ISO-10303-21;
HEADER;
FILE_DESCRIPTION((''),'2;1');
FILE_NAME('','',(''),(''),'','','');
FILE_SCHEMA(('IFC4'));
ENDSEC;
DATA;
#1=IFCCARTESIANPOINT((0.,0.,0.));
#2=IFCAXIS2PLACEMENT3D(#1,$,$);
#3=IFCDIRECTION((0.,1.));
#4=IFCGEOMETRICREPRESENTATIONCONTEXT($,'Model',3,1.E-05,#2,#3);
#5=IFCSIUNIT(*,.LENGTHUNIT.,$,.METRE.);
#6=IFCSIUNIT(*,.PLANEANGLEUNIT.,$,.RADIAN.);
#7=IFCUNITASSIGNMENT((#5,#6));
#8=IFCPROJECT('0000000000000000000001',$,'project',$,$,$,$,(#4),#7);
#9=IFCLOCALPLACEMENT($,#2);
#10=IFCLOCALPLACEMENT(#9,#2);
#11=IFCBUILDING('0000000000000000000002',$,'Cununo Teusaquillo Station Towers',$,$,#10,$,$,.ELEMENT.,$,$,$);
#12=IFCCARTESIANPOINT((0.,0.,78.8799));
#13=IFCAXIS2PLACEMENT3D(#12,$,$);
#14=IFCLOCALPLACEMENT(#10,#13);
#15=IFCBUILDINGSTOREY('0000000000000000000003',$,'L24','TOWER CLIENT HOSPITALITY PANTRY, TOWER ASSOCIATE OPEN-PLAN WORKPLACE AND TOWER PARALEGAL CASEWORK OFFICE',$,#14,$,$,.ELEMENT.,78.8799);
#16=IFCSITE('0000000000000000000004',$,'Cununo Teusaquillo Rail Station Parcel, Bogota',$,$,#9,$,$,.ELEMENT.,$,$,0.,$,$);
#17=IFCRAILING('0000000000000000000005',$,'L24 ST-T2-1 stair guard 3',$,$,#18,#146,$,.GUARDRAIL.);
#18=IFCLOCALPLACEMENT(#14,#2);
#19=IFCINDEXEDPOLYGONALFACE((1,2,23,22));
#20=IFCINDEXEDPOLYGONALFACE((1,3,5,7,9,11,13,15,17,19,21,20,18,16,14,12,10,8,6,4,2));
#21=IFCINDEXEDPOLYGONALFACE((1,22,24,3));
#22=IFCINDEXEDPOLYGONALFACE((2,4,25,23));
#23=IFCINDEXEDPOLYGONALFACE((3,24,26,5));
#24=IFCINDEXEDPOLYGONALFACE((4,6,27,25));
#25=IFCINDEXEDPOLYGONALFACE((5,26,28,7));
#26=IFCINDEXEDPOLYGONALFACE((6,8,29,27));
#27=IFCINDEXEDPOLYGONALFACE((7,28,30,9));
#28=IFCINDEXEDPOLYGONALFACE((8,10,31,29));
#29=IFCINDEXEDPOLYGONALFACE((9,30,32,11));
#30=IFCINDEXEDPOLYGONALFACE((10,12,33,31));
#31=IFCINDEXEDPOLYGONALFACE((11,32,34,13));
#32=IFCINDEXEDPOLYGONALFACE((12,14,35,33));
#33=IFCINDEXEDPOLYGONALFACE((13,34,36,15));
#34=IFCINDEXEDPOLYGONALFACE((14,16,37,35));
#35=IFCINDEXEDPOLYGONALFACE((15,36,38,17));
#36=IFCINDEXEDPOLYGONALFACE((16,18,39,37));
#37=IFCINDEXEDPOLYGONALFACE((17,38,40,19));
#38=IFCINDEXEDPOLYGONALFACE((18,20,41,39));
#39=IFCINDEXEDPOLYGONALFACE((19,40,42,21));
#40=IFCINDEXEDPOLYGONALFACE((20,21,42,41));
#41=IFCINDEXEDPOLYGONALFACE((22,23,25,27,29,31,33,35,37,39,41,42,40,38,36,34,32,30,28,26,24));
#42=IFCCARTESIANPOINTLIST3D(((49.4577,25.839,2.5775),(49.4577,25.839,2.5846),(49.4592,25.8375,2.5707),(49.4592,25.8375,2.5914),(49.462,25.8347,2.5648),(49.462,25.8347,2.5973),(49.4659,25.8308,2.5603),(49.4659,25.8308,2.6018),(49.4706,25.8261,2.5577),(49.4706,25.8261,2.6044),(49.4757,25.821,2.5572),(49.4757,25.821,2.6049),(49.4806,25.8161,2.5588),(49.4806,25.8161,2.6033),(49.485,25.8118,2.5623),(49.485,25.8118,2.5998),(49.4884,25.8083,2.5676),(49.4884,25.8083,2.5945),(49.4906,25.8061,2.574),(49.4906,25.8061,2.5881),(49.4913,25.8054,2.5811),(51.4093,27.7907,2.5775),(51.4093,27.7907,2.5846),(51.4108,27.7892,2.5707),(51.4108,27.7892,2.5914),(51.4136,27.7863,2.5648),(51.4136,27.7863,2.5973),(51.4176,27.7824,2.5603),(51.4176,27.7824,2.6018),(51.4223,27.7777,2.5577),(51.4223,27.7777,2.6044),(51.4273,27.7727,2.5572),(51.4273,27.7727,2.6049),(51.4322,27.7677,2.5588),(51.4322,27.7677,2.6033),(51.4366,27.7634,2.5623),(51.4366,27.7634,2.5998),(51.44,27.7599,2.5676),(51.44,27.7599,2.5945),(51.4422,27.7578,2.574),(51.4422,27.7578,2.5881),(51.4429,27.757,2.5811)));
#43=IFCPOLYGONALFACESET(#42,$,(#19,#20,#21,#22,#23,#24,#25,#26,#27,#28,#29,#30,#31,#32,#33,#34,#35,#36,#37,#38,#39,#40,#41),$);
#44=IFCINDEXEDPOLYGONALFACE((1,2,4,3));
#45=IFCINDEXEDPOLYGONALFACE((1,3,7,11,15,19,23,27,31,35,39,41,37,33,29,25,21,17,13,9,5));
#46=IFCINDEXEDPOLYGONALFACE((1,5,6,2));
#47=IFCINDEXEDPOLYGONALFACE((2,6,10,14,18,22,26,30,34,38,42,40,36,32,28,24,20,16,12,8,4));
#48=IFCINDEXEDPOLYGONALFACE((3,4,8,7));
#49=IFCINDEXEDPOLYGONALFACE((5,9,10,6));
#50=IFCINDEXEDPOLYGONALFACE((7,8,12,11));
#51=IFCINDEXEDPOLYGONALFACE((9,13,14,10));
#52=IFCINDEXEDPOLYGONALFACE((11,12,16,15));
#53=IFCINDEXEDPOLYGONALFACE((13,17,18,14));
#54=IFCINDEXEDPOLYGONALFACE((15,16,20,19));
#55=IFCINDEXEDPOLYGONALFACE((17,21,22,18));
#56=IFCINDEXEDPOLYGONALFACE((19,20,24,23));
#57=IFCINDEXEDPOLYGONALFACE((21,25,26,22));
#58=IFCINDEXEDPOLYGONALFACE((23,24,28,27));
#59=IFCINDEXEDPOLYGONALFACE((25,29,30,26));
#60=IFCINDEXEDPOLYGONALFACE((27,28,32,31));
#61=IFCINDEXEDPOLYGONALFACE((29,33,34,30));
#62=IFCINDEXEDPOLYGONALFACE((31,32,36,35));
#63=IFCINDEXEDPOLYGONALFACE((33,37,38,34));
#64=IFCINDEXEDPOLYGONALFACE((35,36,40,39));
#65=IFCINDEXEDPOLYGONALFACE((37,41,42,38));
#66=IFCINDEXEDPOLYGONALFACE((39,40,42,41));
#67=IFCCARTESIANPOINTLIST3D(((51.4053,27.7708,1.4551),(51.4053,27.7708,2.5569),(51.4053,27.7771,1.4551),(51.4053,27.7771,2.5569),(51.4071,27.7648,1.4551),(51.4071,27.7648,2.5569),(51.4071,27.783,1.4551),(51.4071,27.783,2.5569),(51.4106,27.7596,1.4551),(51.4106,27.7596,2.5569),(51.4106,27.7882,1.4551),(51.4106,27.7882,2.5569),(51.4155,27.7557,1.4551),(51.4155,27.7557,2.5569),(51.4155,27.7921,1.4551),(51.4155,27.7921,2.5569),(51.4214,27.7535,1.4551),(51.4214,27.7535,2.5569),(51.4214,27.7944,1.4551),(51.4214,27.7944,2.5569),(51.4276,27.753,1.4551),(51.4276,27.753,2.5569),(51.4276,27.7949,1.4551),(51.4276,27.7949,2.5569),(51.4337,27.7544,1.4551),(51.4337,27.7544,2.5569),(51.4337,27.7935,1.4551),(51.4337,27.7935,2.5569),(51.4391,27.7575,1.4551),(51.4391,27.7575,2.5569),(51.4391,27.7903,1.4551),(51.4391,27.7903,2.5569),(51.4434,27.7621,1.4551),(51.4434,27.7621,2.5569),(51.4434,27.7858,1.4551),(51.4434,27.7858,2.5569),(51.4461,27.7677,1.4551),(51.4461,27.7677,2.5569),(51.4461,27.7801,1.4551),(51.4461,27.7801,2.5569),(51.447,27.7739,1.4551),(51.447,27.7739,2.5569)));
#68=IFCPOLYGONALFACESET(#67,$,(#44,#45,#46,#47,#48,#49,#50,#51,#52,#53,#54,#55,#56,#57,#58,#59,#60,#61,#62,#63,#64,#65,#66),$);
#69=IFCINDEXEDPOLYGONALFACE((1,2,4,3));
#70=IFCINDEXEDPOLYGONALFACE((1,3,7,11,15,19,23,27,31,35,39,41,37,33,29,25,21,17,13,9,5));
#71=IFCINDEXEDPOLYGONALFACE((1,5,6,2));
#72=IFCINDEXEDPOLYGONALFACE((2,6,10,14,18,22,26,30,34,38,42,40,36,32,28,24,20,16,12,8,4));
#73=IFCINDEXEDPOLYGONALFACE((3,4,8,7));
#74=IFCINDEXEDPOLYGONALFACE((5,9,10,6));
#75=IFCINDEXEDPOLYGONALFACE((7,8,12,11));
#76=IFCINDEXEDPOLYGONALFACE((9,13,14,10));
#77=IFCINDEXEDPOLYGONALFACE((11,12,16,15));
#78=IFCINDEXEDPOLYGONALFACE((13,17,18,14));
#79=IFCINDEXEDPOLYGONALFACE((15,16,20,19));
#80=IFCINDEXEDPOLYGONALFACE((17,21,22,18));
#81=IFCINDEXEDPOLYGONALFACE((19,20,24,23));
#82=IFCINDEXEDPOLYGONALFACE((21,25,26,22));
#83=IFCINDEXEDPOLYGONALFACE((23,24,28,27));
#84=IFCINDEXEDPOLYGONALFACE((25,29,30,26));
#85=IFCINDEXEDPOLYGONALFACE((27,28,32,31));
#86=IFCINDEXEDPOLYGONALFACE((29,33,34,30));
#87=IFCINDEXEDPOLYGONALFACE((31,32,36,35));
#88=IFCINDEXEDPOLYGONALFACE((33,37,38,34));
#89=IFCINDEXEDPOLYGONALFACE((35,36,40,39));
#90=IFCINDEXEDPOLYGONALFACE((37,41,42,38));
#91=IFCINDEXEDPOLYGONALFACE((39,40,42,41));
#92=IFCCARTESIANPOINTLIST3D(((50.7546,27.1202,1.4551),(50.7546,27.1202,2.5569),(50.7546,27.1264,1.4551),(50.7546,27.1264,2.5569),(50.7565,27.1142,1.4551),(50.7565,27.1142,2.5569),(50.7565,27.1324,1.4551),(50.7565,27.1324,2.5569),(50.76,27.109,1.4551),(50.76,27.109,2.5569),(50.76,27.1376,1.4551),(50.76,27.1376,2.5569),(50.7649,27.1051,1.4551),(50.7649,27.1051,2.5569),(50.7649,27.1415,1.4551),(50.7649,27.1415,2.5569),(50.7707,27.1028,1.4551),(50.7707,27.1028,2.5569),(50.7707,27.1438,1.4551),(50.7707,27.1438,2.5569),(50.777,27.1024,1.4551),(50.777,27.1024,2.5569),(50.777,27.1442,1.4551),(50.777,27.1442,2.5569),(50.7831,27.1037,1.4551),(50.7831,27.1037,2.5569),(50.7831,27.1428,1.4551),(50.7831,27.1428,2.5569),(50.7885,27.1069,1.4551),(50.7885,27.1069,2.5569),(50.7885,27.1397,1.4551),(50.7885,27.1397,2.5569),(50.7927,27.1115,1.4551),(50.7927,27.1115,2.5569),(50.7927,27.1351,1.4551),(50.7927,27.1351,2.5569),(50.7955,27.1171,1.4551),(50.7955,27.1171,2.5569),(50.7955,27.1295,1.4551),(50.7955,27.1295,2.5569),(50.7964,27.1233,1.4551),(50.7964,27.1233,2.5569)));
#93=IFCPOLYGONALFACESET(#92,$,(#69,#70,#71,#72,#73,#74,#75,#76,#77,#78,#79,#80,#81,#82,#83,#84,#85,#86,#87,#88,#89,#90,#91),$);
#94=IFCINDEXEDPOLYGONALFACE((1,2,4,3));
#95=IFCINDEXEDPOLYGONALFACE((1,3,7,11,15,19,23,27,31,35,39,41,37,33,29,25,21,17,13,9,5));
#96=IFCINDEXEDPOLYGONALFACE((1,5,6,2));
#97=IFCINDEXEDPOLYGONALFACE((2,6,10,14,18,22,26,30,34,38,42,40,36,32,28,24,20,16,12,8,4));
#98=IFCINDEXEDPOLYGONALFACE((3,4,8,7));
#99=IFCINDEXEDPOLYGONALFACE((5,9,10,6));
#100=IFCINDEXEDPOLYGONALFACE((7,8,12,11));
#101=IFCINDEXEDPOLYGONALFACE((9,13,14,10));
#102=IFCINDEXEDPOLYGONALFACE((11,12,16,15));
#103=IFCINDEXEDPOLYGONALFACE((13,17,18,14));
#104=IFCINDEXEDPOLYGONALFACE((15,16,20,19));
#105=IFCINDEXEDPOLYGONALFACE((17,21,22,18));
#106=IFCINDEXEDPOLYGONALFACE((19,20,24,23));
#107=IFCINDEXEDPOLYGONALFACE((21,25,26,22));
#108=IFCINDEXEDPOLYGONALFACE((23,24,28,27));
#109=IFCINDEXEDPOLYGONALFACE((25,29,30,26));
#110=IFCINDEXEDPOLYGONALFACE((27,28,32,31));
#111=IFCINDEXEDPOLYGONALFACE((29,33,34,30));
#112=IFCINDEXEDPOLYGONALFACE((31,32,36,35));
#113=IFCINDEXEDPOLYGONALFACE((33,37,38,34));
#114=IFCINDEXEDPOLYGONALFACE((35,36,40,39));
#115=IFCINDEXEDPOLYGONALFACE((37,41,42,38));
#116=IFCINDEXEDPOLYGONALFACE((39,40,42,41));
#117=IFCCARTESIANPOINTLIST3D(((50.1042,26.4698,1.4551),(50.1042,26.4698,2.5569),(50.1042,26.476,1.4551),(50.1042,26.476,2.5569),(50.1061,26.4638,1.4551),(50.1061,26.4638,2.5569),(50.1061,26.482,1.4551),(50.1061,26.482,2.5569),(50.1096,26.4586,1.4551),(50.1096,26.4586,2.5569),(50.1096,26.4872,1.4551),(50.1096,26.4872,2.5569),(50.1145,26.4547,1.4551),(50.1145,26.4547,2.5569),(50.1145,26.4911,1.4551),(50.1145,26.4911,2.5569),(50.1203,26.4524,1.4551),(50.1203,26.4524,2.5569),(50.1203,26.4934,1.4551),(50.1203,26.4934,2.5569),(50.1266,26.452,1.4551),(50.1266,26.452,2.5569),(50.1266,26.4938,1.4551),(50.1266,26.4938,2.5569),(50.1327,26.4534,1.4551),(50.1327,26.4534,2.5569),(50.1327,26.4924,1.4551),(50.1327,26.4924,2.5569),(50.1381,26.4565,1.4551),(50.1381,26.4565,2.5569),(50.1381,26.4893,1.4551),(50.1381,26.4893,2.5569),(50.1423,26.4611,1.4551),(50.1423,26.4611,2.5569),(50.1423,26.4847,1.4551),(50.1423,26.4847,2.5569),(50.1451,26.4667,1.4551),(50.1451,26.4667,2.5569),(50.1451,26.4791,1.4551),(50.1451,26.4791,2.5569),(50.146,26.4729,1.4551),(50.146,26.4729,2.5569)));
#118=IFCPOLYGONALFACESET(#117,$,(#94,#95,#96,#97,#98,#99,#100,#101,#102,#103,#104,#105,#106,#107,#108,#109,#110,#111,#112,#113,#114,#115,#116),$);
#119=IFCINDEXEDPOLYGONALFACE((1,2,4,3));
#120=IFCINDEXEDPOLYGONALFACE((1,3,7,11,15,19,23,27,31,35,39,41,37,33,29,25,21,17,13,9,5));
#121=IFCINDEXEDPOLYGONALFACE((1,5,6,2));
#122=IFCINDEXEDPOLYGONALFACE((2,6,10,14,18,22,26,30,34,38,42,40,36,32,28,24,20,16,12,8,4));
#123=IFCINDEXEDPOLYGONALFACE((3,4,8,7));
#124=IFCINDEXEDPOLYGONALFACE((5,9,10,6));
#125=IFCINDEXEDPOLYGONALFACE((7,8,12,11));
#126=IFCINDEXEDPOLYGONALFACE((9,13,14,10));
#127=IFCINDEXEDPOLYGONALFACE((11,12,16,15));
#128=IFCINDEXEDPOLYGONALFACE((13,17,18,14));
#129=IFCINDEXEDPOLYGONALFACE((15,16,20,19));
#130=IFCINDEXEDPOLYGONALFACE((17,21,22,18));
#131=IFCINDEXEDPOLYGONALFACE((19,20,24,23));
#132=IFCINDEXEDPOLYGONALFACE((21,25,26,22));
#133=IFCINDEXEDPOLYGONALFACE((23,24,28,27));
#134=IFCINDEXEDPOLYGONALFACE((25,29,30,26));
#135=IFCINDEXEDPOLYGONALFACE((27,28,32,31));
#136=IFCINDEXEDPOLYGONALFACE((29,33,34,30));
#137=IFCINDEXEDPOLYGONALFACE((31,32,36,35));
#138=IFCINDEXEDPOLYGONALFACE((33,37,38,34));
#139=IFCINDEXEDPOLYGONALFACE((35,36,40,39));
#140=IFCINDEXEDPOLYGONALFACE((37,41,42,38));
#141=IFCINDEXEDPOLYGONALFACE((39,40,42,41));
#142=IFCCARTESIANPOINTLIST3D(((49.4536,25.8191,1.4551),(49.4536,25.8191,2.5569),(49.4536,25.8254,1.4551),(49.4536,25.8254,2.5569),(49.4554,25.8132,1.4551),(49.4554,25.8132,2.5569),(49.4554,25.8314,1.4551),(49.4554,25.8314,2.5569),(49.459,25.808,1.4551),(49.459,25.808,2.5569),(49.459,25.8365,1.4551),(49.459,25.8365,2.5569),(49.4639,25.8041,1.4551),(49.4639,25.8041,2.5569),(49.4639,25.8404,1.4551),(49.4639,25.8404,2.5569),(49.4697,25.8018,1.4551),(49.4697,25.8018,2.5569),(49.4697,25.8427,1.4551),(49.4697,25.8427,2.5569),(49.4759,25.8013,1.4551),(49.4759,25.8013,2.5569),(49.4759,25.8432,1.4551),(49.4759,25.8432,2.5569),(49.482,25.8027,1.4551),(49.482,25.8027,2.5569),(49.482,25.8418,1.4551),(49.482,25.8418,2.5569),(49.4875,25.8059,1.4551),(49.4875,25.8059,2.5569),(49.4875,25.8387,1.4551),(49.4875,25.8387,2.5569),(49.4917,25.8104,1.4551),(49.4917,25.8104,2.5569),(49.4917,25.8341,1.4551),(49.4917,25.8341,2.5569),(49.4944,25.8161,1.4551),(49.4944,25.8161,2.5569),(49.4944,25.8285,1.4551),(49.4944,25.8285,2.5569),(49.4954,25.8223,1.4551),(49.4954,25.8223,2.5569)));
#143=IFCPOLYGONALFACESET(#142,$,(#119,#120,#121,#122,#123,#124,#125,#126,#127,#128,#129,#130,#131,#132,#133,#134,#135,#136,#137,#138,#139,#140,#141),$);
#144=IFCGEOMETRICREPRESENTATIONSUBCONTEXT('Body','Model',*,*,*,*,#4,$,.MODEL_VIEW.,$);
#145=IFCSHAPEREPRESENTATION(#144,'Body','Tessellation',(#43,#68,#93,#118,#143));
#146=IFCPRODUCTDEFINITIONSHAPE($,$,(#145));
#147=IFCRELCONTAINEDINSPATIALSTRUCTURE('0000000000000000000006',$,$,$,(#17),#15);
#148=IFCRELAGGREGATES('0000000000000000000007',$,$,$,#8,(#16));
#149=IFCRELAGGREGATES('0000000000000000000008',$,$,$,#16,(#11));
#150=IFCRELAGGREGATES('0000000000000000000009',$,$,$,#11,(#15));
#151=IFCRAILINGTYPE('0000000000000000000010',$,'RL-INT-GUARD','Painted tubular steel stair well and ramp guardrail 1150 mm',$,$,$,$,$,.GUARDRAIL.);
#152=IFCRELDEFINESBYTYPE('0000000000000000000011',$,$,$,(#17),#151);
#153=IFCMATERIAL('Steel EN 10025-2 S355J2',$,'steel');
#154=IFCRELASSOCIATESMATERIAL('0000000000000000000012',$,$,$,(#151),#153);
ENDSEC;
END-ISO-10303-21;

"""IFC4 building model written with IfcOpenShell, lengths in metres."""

from ifc_helpers import new_model, si_unit, direction, frame, origin, origin_2d, place, context, subcontext, project, spatial, circle, extrude, material, type_object, element, save


model = new_model("IFC4")

# Units and contexts
model_context = context("Model", 3, precision=1e-05, world=origin(), true_north=direction((0.0, 1.0)))
body_context = subcontext(model_context, "Body", "Model", "MODEL_VIEW")
ifc_project = project(units=[si_unit("LENGTHUNIT", "METRE"), si_unit("PLANEANGLEUNIT", "RADIAN")], contexts=[model_context])

# Site, building, storey
site_placement = place(None, origin())
site = spatial("IfcSite", under=ifc_project, at=site_placement, Name="Cununo Teusaquillo Rail Station Parcel, Bogota", CompositionType="ELEMENT", RefElevation=0.0)
building_placement = place(site_placement, origin())
building = spatial("IfcBuilding", under=site, at=building_placement, Name="Cununo Teusaquillo Station Towers", CompositionType="ELEMENT")
storey_placement = place(building_placement, frame((0.0, 0.0, 78.8799)))
storey = spatial("IfcBuildingStorey", under=building, at=storey_placement, Name="L24", Description="TOWER CLIENT HOSPITALITY PANTRY, TOWER ASSOCIATE OPEN-PLAN WORKPLACE AND TOWER PARALEGAL CASEWORK OFFICE", CompositionType="ELEMENT", Elevation=78.8799)

# Railing
ifc_material_1 = material(Name="Steel EN 10025-2 S355J2", Category="steel")
railing_type = type_object("IfcRailingType", Name="RL-INT-GUARD", Description="Painted tubular steel stair well and ramp guardrail 1150 mm", PredefinedType="GUARDRAIL", material=ifc_material_1)
railing_1_placement = place(storey_placement, frame((51.426, 27.7739, 1.4551)))
element("IfcRailing", 1, at=railing_1_placement, inside=storey, type_object=railing_type, Name="L24 ST-T2-1 stair guard 3", PredefinedType="GUARDRAIL", context=body_context, shape_type="SweptSolid", body=[
    extrude(circle(Radius=0.0239, at=origin_2d()), frame((0.0, 0.0, 1.126), z_axis=(-0.707107, -0.707107, 0.0), x_axis=(0.707107, -0.707107, 0.0)), (0.0, 0.0, 1.0), 2.76),
    extrude(circle(Radius=0.021, at=origin_2d()), origin(), (0.0, 0.0, 1.0), 1.1018),
    extrude(circle(Radius=0.021, at=origin_2d()), frame((-0.6506, -0.6506, 0.0)), (0.0, 0.0, 1.0), 1.1018),
    extrude(circle(Radius=0.021, at=origin_2d()), frame((-1.301, -1.301, 0.0)), (0.0, 0.0, 1.0), 1.1018),
    extrude(circle(Radius=0.021, at=origin_2d()), frame((-1.9517, -1.9517, 0.0)), (0.0, 0.0, 1.0), 1.1018),
])

save(model, "model.ifc")
